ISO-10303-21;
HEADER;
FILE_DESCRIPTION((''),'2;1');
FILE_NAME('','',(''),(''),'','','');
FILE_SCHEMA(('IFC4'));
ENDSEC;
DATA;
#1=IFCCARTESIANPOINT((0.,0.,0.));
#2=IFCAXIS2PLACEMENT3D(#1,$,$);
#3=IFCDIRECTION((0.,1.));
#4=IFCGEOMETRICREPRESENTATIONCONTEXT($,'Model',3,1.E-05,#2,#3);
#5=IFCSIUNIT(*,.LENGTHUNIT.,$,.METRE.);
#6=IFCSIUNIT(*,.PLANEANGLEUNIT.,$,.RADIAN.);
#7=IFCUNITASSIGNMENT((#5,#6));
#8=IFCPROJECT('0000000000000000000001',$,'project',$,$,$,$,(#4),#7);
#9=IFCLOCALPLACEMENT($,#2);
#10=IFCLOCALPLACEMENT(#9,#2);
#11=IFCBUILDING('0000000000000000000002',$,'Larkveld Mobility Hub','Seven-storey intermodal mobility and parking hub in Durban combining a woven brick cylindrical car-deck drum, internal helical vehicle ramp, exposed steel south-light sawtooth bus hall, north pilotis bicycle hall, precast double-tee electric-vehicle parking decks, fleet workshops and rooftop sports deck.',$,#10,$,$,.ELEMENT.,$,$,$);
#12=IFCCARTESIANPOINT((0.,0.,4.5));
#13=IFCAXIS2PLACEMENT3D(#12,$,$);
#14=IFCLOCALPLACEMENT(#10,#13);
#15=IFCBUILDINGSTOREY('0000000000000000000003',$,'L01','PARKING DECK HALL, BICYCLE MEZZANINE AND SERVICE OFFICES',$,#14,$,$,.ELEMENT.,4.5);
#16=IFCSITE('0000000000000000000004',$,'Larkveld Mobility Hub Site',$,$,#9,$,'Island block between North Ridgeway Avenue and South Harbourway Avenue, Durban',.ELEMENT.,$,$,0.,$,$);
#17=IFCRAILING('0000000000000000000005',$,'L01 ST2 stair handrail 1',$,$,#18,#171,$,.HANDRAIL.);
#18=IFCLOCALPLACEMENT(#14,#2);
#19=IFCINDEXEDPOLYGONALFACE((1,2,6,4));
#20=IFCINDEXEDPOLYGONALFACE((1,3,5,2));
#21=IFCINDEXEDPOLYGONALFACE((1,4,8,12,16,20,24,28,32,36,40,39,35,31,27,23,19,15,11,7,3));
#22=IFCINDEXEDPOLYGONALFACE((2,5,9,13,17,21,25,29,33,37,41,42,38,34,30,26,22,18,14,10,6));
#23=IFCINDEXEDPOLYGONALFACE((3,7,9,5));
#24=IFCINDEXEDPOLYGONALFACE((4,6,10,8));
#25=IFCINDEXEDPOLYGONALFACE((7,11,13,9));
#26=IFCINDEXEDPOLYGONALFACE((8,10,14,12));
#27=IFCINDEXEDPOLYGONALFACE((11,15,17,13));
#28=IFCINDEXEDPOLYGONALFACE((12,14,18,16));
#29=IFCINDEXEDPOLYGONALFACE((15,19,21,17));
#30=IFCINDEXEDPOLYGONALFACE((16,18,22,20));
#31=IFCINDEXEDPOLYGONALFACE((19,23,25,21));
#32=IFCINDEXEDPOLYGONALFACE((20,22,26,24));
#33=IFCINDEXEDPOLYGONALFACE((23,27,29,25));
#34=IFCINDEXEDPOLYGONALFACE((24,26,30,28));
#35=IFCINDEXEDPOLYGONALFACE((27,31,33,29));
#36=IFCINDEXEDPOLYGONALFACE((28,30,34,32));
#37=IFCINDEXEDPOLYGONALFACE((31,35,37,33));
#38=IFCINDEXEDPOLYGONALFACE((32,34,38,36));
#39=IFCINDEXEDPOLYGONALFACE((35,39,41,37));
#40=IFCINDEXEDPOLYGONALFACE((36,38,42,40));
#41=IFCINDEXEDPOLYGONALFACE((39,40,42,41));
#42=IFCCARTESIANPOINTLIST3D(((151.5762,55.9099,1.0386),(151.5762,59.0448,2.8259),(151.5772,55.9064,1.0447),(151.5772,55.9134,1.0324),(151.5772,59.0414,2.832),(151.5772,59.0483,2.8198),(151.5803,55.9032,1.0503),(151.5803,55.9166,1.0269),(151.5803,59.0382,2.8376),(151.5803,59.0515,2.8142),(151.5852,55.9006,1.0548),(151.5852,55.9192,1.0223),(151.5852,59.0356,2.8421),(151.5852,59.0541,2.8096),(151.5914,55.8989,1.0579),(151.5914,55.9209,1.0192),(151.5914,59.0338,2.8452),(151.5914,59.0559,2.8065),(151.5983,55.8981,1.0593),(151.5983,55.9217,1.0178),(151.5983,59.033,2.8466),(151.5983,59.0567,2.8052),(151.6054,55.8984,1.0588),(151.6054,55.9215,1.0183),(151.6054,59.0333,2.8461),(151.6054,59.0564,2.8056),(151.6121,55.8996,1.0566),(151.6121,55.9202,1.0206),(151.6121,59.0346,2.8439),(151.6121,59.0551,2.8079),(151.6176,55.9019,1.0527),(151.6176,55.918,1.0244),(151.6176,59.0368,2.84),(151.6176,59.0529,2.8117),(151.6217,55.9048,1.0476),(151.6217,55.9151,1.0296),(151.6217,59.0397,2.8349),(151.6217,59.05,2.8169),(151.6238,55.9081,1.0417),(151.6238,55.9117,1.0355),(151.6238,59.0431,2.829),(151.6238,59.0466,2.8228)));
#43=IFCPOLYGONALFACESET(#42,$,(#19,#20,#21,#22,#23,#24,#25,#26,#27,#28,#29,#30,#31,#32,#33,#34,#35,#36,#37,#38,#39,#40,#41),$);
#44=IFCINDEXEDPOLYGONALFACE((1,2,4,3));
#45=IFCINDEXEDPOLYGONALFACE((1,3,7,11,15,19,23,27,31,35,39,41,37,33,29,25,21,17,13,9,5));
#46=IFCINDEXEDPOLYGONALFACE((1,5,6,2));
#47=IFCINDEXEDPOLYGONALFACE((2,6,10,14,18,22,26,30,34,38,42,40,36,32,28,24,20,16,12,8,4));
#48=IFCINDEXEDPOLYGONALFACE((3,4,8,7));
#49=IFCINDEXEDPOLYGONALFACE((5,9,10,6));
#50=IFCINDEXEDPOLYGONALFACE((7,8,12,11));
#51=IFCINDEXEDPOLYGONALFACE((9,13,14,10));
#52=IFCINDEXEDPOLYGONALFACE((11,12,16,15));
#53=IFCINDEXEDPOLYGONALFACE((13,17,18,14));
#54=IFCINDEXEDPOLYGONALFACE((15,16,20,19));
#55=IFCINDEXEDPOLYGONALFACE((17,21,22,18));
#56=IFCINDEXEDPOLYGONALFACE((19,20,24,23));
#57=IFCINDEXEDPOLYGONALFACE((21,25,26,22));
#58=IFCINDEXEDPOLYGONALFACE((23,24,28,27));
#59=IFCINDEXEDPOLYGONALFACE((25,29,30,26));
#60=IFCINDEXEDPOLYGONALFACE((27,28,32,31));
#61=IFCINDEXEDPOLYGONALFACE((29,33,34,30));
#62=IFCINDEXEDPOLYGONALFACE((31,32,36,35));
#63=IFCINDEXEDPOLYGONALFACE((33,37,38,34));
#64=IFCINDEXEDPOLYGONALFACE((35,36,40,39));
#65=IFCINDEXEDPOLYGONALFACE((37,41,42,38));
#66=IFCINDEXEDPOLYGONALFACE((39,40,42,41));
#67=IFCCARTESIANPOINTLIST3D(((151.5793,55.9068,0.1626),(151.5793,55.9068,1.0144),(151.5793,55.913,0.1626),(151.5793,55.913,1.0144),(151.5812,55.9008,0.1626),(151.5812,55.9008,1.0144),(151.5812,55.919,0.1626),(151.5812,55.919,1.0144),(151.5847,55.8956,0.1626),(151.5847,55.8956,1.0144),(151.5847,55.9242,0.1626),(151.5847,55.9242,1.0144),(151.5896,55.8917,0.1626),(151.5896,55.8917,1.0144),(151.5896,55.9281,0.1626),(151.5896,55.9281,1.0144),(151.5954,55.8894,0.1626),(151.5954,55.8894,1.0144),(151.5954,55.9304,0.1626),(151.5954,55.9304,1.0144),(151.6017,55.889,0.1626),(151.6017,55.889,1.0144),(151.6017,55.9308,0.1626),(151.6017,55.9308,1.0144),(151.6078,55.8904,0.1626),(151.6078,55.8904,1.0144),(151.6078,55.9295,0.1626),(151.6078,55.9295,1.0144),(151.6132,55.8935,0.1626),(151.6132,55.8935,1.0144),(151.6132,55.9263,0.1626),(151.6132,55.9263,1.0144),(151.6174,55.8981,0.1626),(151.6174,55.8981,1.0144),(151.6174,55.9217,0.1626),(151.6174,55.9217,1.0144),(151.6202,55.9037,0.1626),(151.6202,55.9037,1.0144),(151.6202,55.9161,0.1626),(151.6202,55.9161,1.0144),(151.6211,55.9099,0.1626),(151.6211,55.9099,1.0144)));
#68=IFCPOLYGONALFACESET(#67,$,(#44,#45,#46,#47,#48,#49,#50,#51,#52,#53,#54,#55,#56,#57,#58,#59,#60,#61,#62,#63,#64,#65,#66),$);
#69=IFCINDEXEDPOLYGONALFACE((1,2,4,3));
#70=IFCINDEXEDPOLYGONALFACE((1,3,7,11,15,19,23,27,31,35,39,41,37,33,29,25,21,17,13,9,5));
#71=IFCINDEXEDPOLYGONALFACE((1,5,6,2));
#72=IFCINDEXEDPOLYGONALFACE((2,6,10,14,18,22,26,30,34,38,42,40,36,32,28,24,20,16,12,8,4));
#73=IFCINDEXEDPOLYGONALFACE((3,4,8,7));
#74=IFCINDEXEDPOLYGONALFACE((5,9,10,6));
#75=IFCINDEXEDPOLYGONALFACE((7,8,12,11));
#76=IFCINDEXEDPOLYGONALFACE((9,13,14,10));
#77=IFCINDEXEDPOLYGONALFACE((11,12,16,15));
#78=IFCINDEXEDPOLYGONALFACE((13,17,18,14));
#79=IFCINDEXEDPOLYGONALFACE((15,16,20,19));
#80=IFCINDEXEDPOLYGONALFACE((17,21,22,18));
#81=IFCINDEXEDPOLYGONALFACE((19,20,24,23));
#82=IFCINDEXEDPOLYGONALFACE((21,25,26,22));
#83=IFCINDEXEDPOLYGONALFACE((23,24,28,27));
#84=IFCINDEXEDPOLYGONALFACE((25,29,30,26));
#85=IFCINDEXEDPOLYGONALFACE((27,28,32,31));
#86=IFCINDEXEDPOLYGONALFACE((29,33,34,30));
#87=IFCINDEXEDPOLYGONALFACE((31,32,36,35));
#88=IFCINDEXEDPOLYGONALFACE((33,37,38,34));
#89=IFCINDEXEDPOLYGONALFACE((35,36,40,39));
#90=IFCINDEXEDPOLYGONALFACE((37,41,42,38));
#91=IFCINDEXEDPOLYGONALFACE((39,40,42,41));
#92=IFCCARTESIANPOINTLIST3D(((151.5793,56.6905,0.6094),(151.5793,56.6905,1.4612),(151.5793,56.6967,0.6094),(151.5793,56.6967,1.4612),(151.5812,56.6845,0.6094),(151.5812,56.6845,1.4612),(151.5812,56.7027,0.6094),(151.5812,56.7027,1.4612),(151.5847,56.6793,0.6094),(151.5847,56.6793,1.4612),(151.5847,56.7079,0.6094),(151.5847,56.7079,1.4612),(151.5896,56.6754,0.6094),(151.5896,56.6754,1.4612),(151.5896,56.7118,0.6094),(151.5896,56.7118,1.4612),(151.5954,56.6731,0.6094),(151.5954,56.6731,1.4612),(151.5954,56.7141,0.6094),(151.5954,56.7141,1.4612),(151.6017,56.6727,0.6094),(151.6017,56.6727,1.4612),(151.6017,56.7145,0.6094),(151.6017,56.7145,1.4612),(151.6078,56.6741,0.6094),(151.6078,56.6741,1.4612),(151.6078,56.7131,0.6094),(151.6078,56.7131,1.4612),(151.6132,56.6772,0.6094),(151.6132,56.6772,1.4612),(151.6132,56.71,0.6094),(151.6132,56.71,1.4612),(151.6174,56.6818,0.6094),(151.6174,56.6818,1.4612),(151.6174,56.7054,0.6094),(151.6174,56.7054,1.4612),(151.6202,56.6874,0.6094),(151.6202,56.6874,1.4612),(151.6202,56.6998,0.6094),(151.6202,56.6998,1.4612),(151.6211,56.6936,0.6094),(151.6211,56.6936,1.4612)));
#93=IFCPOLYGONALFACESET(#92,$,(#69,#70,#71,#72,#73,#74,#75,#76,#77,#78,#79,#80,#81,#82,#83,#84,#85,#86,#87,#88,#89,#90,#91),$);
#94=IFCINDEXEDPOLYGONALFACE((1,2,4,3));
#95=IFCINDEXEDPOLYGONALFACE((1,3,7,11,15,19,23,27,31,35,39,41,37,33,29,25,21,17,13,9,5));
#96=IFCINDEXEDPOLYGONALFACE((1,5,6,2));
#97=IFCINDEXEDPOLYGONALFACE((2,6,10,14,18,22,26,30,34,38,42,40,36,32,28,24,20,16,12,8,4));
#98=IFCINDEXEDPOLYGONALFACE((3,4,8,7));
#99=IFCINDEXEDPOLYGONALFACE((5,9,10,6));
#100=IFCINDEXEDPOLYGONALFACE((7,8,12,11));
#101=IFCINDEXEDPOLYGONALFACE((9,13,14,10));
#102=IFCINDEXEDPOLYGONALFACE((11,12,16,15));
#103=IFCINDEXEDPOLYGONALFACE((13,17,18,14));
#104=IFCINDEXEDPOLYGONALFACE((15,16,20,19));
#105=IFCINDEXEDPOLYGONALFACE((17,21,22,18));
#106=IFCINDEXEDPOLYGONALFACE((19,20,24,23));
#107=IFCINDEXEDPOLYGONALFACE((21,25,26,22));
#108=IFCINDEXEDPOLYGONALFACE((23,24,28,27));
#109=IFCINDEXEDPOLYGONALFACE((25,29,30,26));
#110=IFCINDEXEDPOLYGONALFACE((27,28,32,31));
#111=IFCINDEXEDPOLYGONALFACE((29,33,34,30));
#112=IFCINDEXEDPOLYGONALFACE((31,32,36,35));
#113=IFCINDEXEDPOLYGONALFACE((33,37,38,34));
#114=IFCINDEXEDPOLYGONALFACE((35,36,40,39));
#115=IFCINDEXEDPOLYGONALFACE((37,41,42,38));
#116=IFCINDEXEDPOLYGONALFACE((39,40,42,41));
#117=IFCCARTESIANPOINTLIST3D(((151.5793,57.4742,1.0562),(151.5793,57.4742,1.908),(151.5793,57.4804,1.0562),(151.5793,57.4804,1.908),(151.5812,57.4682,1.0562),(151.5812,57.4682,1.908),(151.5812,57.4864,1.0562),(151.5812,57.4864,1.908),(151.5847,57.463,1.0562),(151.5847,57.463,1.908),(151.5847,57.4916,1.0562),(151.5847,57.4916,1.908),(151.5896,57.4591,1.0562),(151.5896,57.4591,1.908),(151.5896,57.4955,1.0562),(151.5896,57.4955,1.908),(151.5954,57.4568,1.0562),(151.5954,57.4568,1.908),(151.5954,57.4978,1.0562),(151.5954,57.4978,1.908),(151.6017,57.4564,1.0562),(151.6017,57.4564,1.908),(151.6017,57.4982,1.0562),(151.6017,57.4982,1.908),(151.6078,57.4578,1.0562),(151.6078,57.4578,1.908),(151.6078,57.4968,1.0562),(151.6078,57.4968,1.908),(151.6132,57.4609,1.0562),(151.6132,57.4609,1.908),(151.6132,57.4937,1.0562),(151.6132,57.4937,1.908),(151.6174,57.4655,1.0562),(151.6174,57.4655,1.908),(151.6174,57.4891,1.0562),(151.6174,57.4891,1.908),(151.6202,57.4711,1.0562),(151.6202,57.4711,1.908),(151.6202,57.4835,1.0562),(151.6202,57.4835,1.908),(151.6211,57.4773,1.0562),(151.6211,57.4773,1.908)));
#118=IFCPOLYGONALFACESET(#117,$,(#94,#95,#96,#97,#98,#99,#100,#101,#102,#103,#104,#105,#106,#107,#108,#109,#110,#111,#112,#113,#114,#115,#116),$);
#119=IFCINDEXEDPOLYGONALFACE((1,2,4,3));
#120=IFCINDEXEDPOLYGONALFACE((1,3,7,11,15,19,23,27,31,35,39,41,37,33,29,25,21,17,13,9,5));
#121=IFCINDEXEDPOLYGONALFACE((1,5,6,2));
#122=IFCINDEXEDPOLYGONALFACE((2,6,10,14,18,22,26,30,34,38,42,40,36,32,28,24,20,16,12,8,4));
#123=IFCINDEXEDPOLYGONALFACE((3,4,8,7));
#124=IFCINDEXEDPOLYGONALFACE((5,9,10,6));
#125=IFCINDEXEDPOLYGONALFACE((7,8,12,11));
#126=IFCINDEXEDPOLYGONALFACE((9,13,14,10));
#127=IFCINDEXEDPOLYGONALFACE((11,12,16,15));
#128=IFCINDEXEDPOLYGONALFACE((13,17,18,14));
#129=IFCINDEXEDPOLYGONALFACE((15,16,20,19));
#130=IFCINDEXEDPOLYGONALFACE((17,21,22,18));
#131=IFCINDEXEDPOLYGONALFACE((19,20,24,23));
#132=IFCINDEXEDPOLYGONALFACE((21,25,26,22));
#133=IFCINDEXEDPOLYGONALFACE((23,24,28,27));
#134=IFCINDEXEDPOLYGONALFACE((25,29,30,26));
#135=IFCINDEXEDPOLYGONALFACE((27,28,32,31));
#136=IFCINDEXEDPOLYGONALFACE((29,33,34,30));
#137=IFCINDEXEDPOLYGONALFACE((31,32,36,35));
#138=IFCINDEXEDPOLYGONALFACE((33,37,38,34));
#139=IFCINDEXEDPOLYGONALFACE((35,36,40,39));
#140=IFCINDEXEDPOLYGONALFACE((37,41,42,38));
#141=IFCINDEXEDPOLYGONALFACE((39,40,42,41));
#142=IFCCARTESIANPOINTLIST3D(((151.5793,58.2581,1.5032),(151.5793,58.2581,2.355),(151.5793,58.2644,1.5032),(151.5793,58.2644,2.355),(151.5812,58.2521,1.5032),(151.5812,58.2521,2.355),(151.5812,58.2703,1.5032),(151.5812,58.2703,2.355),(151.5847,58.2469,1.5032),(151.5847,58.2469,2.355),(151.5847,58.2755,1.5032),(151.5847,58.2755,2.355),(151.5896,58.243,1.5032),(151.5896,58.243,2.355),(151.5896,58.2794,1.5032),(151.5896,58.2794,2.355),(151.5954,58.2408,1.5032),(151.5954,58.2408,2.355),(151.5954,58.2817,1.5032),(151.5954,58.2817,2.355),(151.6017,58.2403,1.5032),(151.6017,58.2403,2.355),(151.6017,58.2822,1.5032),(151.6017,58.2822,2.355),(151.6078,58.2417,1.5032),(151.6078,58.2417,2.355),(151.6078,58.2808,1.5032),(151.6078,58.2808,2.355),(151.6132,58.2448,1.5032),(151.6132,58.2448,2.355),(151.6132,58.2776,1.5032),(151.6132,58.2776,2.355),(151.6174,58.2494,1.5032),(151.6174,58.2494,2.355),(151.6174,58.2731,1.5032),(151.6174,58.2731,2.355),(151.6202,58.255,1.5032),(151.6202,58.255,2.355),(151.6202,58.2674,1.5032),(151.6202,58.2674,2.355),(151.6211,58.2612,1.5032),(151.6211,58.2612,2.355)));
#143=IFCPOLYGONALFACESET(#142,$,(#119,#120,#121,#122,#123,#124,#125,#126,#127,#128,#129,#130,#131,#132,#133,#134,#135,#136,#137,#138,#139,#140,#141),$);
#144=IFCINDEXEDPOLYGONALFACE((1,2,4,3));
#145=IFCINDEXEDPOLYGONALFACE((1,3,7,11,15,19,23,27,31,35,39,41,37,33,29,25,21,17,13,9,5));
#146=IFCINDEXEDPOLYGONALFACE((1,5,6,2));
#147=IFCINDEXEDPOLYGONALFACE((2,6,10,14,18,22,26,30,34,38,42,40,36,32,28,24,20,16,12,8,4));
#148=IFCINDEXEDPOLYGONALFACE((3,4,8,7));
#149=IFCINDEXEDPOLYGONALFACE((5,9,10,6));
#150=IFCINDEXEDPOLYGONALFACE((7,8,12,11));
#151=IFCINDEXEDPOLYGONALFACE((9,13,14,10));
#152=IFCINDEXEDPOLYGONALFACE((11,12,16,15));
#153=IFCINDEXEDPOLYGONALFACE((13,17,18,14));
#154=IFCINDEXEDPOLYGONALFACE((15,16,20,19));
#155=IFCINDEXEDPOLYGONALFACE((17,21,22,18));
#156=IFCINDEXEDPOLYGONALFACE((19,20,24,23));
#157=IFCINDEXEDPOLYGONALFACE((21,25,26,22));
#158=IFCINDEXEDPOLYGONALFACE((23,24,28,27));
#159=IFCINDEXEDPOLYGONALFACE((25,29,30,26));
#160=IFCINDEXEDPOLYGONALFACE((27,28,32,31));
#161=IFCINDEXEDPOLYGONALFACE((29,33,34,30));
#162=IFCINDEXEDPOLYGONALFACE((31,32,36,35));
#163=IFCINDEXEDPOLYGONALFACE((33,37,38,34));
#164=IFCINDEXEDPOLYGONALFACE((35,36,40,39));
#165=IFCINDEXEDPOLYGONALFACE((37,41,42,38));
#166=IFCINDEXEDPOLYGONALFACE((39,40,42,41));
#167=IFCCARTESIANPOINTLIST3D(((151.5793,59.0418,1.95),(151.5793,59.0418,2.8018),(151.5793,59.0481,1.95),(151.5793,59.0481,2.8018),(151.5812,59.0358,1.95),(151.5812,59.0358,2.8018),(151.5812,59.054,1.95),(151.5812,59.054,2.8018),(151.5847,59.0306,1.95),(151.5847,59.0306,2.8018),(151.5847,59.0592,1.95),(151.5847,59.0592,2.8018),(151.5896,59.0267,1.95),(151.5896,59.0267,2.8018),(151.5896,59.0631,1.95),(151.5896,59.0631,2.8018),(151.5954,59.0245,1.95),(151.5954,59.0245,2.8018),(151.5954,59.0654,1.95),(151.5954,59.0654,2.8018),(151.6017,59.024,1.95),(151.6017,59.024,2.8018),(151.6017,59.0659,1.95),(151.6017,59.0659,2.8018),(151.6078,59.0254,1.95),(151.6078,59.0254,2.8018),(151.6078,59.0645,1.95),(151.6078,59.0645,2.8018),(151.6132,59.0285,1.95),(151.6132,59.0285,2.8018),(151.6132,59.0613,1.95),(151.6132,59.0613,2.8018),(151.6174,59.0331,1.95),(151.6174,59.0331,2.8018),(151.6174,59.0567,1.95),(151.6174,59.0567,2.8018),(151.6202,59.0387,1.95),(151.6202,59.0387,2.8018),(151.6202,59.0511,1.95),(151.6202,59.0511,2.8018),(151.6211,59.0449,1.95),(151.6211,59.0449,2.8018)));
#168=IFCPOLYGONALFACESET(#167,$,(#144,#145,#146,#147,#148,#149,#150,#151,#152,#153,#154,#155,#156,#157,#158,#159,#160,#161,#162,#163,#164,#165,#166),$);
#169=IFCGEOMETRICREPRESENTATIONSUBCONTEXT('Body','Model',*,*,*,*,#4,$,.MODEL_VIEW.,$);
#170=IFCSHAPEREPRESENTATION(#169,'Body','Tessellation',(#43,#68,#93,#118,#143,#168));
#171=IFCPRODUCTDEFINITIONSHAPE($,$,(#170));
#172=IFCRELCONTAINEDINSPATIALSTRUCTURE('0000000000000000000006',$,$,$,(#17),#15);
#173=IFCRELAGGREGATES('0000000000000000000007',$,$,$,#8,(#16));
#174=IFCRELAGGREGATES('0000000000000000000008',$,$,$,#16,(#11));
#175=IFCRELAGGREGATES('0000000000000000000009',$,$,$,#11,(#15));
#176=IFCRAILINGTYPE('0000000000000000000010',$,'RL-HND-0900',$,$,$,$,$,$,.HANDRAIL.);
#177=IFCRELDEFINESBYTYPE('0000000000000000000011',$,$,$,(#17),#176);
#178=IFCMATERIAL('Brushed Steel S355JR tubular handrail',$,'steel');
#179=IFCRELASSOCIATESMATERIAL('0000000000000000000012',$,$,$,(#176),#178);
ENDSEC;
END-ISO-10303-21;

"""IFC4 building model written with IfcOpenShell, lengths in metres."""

from ifc_helpers import new_model, si_unit, direction, frame, origin, origin_2d, place, context, subcontext, project, spatial, circle, extrude, material, type_object, element, save


model = new_model("IFC4")

# Units and contexts
model_context = context("Model", 3, precision=1e-05, world=origin(), true_north=direction((0.0, 1.0)))
body_context = subcontext(model_context, "Body", "Model", "MODEL_VIEW")
ifc_project = project(units=[si_unit("LENGTHUNIT", "METRE"), si_unit("PLANEANGLEUNIT", "RADIAN")], contexts=[model_context])

# Site, building, storey
site_placement = place(None, origin())
site = spatial("IfcSite", under=ifc_project, at=site_placement, Name="Larkveld Mobility Hub Site", LongName="Island block between North Ridgeway Avenue and South Harbourway Avenue, Durban", CompositionType="ELEMENT", RefElevation=0.0)
building_placement = place(site_placement, origin())
building = spatial("IfcBuilding", under=site, at=building_placement, Name="Larkveld Mobility Hub", Description="Seven-storey intermodal mobility and parking hub in Durban combining a woven brick cylindrical car-deck drum, internal helical vehicle ramp, exposed steel south-light sawtooth bus hall, north pilotis bicycle hall, precast double-tee electric-vehicle parking decks, fleet workshops and rooftop sports deck.", CompositionType="ELEMENT")
storey_placement = place(building_placement, frame((0.0, 0.0, 4.5)))
storey = spatial("IfcBuildingStorey", under=building, at=storey_placement, Name="L01", Description="PARKING DECK HALL, BICYCLE MEZZANINE AND SERVICE OFFICES", CompositionType="ELEMENT", Elevation=4.5)

# Railing
ifc_material_1 = material(Name="Brushed Steel S355JR tubular handrail", Category="steel")
railing_type_1 = type_object("IfcRailingType", Name="RL-HND-0900", PredefinedType="HANDRAIL", material=ifc_material_1)
railing_1_placement = place(storey_placement, frame((151.6001, 55.9099, 0.1626)))
element("IfcRailing", 1, at=railing_1_placement, inside=storey, type_object=railing_type_1, Name="L01 ST2 stair handrail 1", PredefinedType="HANDRAIL", context=body_context, shape_type="SweptSolid", body=[
    extrude(circle(Radius=0.0239, at=origin_2d()), frame((0.0, 0.0, 0.876), z_axis=(0.0, 0.86873, 0.495286), x_axis=(-1.0, 0.0, 0.0)), (0.0, 0.0, 1.0), 3.6086),
    extrude(circle(Radius=0.021, at=origin_2d()), origin(), (0.0, 0.0, 1.0), 0.8518),
    extrude(circle(Radius=0.021, at=origin_2d()), frame((0.0, 0.7837, 0.4468)), (0.0, 0.0, 1.0), 0.8518),
    extrude(circle(Radius=0.021, at=origin_2d()), frame((0.0, 1.5674, 0.8936)), (0.0, 0.0, 1.0), 0.8518),
    extrude(circle(Radius=0.021, at=origin_2d()), frame((0.0, 2.3513, 1.3406)), (0.0, 0.0, 1.0), 0.8518),
    extrude(circle(Radius=0.021, at=origin_2d()), frame((0.0, 3.135, 1.7874)), (0.0, 0.0, 1.0), 0.8518),
])

save(model, "model.ifc")
